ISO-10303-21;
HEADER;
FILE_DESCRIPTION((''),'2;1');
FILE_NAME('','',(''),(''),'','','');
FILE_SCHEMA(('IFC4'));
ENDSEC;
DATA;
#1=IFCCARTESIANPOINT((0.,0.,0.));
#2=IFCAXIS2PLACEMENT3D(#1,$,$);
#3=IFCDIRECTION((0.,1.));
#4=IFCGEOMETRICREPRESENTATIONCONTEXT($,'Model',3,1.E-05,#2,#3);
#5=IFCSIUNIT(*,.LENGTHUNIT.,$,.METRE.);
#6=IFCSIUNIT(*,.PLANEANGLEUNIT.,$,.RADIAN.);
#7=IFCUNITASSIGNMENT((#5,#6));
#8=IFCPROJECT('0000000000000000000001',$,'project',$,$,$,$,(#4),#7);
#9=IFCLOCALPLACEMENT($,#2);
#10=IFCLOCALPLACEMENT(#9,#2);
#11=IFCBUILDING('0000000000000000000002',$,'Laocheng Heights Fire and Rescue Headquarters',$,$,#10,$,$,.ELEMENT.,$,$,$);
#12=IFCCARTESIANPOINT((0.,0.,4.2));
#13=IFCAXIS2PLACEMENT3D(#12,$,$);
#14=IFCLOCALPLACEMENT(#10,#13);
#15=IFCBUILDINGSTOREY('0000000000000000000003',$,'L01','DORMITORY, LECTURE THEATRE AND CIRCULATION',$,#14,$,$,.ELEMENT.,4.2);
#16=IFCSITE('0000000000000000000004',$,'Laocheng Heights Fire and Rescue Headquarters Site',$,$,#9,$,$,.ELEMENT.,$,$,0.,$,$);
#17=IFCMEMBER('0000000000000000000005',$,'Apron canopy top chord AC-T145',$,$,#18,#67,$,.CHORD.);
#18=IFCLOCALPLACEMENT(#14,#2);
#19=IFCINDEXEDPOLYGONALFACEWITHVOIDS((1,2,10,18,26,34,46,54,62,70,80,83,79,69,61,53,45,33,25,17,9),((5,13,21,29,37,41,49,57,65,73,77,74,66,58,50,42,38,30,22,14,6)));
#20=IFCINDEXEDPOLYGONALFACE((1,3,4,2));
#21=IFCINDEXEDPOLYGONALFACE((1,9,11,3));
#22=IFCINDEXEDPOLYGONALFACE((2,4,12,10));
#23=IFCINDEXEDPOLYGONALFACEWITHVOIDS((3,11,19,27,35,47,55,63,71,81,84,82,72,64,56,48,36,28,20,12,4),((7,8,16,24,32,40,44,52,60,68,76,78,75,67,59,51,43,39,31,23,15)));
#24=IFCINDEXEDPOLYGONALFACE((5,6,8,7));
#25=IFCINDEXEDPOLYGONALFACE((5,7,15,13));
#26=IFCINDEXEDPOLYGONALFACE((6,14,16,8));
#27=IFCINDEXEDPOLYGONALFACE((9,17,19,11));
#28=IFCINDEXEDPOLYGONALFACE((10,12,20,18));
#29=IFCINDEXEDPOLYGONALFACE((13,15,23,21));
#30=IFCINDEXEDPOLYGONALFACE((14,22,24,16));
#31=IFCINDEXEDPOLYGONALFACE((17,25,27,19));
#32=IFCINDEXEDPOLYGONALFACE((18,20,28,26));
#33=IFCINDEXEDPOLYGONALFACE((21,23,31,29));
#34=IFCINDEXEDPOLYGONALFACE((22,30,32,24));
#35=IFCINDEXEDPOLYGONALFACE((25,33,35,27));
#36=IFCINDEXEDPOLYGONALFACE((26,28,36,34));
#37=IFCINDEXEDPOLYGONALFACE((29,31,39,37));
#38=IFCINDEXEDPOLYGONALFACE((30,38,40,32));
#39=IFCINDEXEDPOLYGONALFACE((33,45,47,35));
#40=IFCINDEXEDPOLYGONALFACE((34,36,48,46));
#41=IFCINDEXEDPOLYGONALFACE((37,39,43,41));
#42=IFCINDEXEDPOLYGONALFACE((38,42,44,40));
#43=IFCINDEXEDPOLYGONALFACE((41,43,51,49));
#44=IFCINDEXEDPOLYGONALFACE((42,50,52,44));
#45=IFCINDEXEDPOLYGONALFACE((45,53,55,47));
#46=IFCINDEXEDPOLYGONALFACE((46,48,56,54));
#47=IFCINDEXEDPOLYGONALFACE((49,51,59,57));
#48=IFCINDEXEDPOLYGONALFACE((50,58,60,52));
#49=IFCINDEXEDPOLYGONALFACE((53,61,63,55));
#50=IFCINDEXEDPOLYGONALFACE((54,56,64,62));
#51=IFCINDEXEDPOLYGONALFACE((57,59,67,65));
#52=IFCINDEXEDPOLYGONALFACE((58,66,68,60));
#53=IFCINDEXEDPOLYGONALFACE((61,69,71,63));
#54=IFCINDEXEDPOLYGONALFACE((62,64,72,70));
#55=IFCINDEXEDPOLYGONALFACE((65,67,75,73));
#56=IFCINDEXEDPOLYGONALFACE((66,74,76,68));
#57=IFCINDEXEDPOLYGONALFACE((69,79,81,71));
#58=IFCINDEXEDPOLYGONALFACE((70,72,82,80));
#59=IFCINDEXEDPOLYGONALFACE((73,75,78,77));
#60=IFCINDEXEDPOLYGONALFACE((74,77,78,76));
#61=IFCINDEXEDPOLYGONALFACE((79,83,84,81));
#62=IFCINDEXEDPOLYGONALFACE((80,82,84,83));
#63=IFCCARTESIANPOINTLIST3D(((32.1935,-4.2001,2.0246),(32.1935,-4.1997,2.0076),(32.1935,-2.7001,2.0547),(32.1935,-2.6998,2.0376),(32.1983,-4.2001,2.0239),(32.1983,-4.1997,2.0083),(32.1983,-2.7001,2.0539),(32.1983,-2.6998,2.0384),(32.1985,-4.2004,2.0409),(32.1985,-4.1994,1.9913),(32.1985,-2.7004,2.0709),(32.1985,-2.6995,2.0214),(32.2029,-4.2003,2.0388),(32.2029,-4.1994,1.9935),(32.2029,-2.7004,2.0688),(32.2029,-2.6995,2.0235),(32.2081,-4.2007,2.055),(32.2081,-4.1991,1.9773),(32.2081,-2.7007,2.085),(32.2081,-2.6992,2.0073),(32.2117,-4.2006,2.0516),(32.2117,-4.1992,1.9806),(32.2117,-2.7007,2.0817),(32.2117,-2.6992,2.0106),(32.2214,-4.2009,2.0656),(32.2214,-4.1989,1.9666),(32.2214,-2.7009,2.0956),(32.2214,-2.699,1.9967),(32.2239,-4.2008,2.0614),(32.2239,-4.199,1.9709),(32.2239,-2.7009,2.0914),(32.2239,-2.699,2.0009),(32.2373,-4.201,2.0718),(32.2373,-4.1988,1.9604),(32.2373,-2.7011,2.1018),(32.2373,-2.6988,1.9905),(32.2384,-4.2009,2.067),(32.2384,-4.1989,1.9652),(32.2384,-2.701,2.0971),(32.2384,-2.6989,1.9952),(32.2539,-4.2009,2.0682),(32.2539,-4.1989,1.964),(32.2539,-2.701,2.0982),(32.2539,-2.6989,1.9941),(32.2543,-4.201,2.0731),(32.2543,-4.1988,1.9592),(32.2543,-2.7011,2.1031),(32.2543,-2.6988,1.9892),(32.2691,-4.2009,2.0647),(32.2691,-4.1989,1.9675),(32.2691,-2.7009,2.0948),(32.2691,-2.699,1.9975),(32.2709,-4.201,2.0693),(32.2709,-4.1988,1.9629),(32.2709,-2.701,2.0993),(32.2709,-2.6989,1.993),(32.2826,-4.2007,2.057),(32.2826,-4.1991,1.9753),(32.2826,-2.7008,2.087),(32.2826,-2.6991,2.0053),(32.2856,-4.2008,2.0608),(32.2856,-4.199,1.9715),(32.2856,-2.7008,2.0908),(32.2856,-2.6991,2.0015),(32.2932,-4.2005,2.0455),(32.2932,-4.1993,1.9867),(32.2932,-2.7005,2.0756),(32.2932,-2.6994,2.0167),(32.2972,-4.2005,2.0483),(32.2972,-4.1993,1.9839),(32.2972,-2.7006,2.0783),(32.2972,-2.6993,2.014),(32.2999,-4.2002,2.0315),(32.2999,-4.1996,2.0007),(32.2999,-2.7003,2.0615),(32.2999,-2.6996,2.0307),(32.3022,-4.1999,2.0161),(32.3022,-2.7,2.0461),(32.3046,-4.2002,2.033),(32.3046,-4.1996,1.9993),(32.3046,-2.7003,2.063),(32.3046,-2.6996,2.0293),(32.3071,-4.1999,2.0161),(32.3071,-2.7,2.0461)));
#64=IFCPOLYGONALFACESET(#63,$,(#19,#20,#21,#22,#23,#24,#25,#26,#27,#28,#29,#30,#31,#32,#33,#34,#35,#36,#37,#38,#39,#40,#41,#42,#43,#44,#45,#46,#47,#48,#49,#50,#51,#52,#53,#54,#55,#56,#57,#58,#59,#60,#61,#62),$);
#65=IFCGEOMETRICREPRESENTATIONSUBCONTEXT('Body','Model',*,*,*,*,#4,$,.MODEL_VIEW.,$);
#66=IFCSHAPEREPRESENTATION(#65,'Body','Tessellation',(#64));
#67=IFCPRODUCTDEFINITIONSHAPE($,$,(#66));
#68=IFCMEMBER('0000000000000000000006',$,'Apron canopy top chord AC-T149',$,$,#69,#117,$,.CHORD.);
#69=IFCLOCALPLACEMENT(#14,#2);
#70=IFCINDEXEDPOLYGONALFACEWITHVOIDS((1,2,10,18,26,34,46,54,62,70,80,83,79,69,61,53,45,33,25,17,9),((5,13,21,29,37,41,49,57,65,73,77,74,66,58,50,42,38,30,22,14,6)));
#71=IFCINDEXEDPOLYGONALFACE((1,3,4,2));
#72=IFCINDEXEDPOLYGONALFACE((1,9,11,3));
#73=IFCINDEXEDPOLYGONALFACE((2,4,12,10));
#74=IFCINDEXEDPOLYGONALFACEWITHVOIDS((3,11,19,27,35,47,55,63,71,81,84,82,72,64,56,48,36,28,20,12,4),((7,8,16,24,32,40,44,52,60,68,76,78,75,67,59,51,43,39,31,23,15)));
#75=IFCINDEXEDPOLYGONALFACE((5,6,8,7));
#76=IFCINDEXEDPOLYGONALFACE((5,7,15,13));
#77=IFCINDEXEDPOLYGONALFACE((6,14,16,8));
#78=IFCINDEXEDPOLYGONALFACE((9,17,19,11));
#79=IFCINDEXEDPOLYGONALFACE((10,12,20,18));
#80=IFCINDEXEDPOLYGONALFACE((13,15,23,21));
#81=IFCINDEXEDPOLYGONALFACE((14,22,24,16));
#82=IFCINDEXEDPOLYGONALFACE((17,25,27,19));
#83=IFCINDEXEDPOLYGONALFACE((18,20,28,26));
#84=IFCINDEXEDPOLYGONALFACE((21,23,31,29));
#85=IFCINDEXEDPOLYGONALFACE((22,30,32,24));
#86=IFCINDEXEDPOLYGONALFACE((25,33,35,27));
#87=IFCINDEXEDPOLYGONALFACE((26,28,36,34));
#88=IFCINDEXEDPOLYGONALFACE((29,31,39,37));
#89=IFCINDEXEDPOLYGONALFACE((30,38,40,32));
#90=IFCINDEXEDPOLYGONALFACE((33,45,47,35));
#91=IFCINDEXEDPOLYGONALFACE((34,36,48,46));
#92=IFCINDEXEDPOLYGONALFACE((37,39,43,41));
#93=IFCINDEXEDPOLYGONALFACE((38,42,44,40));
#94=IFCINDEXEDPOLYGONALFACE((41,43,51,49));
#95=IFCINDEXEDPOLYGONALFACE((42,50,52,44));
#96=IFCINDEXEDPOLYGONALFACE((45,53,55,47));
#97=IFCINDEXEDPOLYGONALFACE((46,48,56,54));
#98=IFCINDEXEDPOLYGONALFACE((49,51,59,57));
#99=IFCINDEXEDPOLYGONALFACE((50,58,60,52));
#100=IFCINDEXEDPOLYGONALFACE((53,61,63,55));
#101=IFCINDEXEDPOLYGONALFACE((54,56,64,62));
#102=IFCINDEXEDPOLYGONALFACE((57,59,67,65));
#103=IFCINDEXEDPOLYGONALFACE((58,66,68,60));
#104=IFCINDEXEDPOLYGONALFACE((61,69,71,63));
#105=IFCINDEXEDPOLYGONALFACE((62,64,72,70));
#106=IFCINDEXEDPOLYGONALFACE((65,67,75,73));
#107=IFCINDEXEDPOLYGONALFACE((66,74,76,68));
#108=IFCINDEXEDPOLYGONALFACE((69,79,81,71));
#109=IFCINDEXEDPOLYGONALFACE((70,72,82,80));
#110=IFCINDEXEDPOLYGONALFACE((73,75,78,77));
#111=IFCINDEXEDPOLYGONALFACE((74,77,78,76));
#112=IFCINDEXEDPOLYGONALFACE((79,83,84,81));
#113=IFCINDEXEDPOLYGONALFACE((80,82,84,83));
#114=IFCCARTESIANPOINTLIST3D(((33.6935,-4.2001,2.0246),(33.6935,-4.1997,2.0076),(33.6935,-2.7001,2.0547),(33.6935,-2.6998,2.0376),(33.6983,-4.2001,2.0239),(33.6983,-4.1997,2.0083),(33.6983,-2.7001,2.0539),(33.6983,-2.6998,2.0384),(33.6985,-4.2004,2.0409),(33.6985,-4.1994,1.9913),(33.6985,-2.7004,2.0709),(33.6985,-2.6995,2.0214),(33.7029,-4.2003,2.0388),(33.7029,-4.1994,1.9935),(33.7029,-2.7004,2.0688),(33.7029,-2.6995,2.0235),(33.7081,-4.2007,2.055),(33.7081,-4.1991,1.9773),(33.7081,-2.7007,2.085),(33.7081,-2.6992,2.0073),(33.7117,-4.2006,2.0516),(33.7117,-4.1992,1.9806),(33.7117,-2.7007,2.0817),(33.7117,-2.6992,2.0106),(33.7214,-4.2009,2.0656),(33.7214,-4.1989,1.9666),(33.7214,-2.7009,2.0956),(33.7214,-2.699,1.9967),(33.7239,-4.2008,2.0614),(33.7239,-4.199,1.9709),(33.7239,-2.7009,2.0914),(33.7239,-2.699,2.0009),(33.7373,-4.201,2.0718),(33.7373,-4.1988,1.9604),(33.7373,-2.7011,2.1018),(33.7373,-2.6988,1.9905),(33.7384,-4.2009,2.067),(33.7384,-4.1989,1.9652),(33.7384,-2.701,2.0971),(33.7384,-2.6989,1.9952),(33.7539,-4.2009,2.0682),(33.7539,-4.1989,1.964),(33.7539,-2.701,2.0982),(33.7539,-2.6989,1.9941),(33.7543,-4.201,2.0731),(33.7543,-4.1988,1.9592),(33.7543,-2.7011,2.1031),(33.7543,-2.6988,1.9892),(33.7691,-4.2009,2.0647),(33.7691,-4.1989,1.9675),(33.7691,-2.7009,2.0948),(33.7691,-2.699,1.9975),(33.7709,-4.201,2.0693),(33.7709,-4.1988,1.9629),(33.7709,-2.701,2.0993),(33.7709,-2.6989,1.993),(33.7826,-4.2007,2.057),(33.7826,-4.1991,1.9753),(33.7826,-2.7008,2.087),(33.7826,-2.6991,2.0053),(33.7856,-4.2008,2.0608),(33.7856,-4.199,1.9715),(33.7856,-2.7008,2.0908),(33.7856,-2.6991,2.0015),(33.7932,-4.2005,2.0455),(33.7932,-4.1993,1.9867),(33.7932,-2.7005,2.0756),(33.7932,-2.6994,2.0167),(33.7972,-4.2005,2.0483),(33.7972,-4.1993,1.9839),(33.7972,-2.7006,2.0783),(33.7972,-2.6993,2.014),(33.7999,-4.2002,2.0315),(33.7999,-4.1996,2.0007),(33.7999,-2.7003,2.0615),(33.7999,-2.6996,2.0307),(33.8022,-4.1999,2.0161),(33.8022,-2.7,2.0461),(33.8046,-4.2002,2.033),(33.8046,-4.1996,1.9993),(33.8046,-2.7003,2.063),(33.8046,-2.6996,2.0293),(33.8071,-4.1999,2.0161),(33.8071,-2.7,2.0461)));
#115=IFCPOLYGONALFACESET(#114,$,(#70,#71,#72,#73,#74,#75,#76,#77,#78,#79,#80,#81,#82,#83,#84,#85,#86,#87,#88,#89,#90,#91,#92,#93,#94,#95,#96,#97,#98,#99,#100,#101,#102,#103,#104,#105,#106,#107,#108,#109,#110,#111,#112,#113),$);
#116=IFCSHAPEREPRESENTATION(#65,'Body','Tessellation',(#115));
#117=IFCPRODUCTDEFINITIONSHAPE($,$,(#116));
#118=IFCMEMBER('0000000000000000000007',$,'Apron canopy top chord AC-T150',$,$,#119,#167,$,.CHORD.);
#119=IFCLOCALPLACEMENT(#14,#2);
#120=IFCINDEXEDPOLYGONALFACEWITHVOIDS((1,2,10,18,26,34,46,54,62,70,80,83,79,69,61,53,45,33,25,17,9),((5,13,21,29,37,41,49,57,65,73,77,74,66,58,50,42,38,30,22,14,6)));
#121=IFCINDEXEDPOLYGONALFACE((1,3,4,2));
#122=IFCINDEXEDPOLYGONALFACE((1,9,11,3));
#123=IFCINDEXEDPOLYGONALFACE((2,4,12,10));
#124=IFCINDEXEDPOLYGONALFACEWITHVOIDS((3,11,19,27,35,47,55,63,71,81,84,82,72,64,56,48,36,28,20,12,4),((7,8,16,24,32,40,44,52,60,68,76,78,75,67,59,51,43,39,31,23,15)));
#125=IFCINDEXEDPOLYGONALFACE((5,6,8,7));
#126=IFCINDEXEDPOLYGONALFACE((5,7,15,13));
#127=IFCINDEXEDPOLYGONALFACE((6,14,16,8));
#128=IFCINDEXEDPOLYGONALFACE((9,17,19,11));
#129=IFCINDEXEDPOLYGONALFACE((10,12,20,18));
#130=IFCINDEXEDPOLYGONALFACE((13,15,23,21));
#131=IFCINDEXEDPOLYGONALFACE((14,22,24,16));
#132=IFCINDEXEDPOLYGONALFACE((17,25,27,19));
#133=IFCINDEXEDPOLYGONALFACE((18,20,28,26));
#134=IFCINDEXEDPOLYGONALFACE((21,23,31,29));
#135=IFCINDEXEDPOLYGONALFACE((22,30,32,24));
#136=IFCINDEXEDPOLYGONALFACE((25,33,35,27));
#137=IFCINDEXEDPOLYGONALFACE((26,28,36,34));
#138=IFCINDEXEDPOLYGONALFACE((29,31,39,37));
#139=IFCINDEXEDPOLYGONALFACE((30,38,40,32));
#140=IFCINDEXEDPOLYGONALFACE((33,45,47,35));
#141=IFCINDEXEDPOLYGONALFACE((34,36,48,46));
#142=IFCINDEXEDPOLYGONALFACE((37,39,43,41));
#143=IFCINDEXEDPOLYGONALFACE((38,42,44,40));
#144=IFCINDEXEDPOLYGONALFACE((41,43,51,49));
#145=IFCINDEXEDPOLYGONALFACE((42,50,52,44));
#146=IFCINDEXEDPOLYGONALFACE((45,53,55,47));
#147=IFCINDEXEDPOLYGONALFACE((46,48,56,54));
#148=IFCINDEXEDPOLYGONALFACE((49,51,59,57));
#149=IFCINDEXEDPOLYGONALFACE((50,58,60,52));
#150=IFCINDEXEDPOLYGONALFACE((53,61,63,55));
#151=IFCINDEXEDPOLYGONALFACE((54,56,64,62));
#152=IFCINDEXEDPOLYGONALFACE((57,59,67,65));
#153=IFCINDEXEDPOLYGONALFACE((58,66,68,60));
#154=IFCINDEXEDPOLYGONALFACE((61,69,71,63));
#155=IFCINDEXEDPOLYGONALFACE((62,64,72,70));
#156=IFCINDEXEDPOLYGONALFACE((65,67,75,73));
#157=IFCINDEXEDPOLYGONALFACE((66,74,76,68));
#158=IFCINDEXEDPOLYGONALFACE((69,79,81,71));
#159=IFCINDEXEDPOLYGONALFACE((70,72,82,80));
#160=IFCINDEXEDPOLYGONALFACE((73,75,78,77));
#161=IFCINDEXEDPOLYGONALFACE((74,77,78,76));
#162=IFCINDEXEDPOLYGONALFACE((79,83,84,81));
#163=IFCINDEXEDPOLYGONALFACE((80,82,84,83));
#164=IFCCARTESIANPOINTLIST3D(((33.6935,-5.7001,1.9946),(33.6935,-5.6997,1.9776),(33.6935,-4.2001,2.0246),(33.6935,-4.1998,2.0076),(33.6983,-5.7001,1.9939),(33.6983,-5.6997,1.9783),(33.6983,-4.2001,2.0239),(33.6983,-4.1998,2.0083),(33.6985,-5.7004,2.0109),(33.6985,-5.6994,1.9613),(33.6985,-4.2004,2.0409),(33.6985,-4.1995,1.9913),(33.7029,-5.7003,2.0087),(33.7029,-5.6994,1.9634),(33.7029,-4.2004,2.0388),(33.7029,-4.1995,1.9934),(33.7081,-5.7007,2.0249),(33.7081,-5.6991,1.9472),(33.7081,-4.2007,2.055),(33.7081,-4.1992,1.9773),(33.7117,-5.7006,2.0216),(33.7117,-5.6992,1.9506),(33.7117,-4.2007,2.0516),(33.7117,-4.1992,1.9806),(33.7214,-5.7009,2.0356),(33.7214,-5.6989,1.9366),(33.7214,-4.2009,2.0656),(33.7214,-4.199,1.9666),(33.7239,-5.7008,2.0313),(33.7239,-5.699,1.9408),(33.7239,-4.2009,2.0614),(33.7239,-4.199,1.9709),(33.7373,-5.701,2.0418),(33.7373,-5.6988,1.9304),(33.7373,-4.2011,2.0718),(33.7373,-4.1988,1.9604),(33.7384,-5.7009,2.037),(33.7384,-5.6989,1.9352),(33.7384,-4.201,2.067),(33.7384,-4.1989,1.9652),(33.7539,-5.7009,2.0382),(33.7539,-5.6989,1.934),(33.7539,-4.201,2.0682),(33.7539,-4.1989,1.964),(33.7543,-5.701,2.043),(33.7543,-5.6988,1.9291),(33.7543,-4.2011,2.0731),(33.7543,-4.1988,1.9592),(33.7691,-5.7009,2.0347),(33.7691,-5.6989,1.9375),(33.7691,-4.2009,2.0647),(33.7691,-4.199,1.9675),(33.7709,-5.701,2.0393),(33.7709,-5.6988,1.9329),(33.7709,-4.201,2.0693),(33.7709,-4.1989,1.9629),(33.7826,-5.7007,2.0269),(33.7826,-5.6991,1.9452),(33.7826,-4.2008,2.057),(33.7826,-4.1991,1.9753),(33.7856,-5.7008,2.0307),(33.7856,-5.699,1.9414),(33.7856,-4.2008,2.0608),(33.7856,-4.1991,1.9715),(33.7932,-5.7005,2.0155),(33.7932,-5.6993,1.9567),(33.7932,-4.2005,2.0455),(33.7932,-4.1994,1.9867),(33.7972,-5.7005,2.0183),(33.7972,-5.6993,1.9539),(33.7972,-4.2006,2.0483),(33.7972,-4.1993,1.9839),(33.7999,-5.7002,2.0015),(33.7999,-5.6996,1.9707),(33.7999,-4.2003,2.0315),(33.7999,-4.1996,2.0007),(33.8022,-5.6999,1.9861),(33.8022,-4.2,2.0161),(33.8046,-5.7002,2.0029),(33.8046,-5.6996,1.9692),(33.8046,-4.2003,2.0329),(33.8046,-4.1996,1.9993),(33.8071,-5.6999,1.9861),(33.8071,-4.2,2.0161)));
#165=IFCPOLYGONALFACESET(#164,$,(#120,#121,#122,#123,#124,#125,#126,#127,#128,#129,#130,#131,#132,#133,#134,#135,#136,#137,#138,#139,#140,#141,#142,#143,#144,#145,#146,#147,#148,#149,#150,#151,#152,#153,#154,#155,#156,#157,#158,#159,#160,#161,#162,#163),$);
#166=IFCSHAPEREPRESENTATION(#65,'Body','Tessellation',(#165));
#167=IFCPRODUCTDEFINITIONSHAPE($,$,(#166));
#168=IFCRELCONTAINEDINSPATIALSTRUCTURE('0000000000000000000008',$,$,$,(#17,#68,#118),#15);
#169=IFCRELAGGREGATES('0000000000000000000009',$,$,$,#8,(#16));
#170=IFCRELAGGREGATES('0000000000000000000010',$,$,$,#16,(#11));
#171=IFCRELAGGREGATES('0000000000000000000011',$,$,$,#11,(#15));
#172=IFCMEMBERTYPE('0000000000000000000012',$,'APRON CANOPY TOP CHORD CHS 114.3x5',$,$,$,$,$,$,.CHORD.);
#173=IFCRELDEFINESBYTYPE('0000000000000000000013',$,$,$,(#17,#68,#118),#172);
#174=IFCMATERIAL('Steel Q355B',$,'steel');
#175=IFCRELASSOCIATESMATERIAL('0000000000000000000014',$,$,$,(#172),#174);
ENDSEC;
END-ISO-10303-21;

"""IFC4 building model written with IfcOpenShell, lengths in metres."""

from ifc_helpers import new_model, si_unit, direction, frame, origin, origin_2d, place, context, subcontext, project, spatial, hollow_circle, extrude, material, material_profile, profile_set, type_object, element, save


model = new_model("IFC4")

# Units and contexts
model_context = context("Model", 3, precision=1e-05, world=origin(), true_north=direction((0.0, 1.0)))
body_context = subcontext(model_context, "Body", "Model", "MODEL_VIEW")
ifc_project = project(units=[si_unit("LENGTHUNIT", "METRE"), si_unit("PLANEANGLEUNIT", "RADIAN")], contexts=[model_context])

# Site, building, storey
site_placement = place(None, origin())
site = spatial("IfcSite", under=ifc_project, at=site_placement, Name="Laocheng Heights Fire and Rescue Headquarters Site", CompositionType="ELEMENT", RefElevation=0.0)
building_placement = place(site_placement, origin())
building = spatial("IfcBuilding", under=site, at=building_placement, Name="Laocheng Heights Fire and Rescue Headquarters", CompositionType="ELEMENT")
storey_placement = place(building_placement, frame((0.0, 0.0, 4.2)))
storey = spatial("IfcBuildingStorey", under=building, at=storey_placement, Name="L01", Description="DORMITORY, LECTURE THEATRE AND CIRCULATION", CompositionType="ELEMENT", Elevation=4.2)

# Members
ifc_material_1 = material(Name="Steel Q355B", Category="steel")
ifc_material_profile_1 = material_profile(ifc_material_1, hollow_circle(Radius=0.0571, WallThickness=0.0049, at=origin_2d()), Name="CHS 114.3x5")
ifc_profile_set_1 = profile_set([ifc_material_profile_1], Name="Steel Q355B")
member_type_1 = type_object("IfcMemberType", Name="APRON CANOPY TOP CHORD CHS 114.3x5", PredefinedType="CHORD", material=ifc_profile_set_1)
for number, where, z_axis, x_axis, name in (
    (1, (32.25, -2.7, 2.0461), (0.0, -0.9998, -0.020016), (1.0, 0.0, 0.0), "Apron canopy top chord AC-T145"),
    (2, (33.75, -2.7, 2.0461), (0.0, -0.9998, -0.020016), (1.0, 0.0, 0.0), "Apron canopy top chord AC-T149"),
    (3, (33.75, -4.2, 2.0161), (0.0, -0.9998, -0.020016), (1.0, 0.0, 0.0), "Apron canopy top chord AC-T150"),
):
    element("IfcMember", number, at=place(storey_placement, frame(where, z_axis=z_axis, x_axis=x_axis)), inside=storey, type_object=member_type_1, Name=name, PredefinedType="CHORD", context=body_context, shape_type="SweptSolid", body=[
        extrude(hollow_circle(Radius=0.0571, WallThickness=0.0049, at=origin_2d()), origin(), (0.0, 0.0, 1.0), 1.5002),
    ])

save(model, "model.ifc")
